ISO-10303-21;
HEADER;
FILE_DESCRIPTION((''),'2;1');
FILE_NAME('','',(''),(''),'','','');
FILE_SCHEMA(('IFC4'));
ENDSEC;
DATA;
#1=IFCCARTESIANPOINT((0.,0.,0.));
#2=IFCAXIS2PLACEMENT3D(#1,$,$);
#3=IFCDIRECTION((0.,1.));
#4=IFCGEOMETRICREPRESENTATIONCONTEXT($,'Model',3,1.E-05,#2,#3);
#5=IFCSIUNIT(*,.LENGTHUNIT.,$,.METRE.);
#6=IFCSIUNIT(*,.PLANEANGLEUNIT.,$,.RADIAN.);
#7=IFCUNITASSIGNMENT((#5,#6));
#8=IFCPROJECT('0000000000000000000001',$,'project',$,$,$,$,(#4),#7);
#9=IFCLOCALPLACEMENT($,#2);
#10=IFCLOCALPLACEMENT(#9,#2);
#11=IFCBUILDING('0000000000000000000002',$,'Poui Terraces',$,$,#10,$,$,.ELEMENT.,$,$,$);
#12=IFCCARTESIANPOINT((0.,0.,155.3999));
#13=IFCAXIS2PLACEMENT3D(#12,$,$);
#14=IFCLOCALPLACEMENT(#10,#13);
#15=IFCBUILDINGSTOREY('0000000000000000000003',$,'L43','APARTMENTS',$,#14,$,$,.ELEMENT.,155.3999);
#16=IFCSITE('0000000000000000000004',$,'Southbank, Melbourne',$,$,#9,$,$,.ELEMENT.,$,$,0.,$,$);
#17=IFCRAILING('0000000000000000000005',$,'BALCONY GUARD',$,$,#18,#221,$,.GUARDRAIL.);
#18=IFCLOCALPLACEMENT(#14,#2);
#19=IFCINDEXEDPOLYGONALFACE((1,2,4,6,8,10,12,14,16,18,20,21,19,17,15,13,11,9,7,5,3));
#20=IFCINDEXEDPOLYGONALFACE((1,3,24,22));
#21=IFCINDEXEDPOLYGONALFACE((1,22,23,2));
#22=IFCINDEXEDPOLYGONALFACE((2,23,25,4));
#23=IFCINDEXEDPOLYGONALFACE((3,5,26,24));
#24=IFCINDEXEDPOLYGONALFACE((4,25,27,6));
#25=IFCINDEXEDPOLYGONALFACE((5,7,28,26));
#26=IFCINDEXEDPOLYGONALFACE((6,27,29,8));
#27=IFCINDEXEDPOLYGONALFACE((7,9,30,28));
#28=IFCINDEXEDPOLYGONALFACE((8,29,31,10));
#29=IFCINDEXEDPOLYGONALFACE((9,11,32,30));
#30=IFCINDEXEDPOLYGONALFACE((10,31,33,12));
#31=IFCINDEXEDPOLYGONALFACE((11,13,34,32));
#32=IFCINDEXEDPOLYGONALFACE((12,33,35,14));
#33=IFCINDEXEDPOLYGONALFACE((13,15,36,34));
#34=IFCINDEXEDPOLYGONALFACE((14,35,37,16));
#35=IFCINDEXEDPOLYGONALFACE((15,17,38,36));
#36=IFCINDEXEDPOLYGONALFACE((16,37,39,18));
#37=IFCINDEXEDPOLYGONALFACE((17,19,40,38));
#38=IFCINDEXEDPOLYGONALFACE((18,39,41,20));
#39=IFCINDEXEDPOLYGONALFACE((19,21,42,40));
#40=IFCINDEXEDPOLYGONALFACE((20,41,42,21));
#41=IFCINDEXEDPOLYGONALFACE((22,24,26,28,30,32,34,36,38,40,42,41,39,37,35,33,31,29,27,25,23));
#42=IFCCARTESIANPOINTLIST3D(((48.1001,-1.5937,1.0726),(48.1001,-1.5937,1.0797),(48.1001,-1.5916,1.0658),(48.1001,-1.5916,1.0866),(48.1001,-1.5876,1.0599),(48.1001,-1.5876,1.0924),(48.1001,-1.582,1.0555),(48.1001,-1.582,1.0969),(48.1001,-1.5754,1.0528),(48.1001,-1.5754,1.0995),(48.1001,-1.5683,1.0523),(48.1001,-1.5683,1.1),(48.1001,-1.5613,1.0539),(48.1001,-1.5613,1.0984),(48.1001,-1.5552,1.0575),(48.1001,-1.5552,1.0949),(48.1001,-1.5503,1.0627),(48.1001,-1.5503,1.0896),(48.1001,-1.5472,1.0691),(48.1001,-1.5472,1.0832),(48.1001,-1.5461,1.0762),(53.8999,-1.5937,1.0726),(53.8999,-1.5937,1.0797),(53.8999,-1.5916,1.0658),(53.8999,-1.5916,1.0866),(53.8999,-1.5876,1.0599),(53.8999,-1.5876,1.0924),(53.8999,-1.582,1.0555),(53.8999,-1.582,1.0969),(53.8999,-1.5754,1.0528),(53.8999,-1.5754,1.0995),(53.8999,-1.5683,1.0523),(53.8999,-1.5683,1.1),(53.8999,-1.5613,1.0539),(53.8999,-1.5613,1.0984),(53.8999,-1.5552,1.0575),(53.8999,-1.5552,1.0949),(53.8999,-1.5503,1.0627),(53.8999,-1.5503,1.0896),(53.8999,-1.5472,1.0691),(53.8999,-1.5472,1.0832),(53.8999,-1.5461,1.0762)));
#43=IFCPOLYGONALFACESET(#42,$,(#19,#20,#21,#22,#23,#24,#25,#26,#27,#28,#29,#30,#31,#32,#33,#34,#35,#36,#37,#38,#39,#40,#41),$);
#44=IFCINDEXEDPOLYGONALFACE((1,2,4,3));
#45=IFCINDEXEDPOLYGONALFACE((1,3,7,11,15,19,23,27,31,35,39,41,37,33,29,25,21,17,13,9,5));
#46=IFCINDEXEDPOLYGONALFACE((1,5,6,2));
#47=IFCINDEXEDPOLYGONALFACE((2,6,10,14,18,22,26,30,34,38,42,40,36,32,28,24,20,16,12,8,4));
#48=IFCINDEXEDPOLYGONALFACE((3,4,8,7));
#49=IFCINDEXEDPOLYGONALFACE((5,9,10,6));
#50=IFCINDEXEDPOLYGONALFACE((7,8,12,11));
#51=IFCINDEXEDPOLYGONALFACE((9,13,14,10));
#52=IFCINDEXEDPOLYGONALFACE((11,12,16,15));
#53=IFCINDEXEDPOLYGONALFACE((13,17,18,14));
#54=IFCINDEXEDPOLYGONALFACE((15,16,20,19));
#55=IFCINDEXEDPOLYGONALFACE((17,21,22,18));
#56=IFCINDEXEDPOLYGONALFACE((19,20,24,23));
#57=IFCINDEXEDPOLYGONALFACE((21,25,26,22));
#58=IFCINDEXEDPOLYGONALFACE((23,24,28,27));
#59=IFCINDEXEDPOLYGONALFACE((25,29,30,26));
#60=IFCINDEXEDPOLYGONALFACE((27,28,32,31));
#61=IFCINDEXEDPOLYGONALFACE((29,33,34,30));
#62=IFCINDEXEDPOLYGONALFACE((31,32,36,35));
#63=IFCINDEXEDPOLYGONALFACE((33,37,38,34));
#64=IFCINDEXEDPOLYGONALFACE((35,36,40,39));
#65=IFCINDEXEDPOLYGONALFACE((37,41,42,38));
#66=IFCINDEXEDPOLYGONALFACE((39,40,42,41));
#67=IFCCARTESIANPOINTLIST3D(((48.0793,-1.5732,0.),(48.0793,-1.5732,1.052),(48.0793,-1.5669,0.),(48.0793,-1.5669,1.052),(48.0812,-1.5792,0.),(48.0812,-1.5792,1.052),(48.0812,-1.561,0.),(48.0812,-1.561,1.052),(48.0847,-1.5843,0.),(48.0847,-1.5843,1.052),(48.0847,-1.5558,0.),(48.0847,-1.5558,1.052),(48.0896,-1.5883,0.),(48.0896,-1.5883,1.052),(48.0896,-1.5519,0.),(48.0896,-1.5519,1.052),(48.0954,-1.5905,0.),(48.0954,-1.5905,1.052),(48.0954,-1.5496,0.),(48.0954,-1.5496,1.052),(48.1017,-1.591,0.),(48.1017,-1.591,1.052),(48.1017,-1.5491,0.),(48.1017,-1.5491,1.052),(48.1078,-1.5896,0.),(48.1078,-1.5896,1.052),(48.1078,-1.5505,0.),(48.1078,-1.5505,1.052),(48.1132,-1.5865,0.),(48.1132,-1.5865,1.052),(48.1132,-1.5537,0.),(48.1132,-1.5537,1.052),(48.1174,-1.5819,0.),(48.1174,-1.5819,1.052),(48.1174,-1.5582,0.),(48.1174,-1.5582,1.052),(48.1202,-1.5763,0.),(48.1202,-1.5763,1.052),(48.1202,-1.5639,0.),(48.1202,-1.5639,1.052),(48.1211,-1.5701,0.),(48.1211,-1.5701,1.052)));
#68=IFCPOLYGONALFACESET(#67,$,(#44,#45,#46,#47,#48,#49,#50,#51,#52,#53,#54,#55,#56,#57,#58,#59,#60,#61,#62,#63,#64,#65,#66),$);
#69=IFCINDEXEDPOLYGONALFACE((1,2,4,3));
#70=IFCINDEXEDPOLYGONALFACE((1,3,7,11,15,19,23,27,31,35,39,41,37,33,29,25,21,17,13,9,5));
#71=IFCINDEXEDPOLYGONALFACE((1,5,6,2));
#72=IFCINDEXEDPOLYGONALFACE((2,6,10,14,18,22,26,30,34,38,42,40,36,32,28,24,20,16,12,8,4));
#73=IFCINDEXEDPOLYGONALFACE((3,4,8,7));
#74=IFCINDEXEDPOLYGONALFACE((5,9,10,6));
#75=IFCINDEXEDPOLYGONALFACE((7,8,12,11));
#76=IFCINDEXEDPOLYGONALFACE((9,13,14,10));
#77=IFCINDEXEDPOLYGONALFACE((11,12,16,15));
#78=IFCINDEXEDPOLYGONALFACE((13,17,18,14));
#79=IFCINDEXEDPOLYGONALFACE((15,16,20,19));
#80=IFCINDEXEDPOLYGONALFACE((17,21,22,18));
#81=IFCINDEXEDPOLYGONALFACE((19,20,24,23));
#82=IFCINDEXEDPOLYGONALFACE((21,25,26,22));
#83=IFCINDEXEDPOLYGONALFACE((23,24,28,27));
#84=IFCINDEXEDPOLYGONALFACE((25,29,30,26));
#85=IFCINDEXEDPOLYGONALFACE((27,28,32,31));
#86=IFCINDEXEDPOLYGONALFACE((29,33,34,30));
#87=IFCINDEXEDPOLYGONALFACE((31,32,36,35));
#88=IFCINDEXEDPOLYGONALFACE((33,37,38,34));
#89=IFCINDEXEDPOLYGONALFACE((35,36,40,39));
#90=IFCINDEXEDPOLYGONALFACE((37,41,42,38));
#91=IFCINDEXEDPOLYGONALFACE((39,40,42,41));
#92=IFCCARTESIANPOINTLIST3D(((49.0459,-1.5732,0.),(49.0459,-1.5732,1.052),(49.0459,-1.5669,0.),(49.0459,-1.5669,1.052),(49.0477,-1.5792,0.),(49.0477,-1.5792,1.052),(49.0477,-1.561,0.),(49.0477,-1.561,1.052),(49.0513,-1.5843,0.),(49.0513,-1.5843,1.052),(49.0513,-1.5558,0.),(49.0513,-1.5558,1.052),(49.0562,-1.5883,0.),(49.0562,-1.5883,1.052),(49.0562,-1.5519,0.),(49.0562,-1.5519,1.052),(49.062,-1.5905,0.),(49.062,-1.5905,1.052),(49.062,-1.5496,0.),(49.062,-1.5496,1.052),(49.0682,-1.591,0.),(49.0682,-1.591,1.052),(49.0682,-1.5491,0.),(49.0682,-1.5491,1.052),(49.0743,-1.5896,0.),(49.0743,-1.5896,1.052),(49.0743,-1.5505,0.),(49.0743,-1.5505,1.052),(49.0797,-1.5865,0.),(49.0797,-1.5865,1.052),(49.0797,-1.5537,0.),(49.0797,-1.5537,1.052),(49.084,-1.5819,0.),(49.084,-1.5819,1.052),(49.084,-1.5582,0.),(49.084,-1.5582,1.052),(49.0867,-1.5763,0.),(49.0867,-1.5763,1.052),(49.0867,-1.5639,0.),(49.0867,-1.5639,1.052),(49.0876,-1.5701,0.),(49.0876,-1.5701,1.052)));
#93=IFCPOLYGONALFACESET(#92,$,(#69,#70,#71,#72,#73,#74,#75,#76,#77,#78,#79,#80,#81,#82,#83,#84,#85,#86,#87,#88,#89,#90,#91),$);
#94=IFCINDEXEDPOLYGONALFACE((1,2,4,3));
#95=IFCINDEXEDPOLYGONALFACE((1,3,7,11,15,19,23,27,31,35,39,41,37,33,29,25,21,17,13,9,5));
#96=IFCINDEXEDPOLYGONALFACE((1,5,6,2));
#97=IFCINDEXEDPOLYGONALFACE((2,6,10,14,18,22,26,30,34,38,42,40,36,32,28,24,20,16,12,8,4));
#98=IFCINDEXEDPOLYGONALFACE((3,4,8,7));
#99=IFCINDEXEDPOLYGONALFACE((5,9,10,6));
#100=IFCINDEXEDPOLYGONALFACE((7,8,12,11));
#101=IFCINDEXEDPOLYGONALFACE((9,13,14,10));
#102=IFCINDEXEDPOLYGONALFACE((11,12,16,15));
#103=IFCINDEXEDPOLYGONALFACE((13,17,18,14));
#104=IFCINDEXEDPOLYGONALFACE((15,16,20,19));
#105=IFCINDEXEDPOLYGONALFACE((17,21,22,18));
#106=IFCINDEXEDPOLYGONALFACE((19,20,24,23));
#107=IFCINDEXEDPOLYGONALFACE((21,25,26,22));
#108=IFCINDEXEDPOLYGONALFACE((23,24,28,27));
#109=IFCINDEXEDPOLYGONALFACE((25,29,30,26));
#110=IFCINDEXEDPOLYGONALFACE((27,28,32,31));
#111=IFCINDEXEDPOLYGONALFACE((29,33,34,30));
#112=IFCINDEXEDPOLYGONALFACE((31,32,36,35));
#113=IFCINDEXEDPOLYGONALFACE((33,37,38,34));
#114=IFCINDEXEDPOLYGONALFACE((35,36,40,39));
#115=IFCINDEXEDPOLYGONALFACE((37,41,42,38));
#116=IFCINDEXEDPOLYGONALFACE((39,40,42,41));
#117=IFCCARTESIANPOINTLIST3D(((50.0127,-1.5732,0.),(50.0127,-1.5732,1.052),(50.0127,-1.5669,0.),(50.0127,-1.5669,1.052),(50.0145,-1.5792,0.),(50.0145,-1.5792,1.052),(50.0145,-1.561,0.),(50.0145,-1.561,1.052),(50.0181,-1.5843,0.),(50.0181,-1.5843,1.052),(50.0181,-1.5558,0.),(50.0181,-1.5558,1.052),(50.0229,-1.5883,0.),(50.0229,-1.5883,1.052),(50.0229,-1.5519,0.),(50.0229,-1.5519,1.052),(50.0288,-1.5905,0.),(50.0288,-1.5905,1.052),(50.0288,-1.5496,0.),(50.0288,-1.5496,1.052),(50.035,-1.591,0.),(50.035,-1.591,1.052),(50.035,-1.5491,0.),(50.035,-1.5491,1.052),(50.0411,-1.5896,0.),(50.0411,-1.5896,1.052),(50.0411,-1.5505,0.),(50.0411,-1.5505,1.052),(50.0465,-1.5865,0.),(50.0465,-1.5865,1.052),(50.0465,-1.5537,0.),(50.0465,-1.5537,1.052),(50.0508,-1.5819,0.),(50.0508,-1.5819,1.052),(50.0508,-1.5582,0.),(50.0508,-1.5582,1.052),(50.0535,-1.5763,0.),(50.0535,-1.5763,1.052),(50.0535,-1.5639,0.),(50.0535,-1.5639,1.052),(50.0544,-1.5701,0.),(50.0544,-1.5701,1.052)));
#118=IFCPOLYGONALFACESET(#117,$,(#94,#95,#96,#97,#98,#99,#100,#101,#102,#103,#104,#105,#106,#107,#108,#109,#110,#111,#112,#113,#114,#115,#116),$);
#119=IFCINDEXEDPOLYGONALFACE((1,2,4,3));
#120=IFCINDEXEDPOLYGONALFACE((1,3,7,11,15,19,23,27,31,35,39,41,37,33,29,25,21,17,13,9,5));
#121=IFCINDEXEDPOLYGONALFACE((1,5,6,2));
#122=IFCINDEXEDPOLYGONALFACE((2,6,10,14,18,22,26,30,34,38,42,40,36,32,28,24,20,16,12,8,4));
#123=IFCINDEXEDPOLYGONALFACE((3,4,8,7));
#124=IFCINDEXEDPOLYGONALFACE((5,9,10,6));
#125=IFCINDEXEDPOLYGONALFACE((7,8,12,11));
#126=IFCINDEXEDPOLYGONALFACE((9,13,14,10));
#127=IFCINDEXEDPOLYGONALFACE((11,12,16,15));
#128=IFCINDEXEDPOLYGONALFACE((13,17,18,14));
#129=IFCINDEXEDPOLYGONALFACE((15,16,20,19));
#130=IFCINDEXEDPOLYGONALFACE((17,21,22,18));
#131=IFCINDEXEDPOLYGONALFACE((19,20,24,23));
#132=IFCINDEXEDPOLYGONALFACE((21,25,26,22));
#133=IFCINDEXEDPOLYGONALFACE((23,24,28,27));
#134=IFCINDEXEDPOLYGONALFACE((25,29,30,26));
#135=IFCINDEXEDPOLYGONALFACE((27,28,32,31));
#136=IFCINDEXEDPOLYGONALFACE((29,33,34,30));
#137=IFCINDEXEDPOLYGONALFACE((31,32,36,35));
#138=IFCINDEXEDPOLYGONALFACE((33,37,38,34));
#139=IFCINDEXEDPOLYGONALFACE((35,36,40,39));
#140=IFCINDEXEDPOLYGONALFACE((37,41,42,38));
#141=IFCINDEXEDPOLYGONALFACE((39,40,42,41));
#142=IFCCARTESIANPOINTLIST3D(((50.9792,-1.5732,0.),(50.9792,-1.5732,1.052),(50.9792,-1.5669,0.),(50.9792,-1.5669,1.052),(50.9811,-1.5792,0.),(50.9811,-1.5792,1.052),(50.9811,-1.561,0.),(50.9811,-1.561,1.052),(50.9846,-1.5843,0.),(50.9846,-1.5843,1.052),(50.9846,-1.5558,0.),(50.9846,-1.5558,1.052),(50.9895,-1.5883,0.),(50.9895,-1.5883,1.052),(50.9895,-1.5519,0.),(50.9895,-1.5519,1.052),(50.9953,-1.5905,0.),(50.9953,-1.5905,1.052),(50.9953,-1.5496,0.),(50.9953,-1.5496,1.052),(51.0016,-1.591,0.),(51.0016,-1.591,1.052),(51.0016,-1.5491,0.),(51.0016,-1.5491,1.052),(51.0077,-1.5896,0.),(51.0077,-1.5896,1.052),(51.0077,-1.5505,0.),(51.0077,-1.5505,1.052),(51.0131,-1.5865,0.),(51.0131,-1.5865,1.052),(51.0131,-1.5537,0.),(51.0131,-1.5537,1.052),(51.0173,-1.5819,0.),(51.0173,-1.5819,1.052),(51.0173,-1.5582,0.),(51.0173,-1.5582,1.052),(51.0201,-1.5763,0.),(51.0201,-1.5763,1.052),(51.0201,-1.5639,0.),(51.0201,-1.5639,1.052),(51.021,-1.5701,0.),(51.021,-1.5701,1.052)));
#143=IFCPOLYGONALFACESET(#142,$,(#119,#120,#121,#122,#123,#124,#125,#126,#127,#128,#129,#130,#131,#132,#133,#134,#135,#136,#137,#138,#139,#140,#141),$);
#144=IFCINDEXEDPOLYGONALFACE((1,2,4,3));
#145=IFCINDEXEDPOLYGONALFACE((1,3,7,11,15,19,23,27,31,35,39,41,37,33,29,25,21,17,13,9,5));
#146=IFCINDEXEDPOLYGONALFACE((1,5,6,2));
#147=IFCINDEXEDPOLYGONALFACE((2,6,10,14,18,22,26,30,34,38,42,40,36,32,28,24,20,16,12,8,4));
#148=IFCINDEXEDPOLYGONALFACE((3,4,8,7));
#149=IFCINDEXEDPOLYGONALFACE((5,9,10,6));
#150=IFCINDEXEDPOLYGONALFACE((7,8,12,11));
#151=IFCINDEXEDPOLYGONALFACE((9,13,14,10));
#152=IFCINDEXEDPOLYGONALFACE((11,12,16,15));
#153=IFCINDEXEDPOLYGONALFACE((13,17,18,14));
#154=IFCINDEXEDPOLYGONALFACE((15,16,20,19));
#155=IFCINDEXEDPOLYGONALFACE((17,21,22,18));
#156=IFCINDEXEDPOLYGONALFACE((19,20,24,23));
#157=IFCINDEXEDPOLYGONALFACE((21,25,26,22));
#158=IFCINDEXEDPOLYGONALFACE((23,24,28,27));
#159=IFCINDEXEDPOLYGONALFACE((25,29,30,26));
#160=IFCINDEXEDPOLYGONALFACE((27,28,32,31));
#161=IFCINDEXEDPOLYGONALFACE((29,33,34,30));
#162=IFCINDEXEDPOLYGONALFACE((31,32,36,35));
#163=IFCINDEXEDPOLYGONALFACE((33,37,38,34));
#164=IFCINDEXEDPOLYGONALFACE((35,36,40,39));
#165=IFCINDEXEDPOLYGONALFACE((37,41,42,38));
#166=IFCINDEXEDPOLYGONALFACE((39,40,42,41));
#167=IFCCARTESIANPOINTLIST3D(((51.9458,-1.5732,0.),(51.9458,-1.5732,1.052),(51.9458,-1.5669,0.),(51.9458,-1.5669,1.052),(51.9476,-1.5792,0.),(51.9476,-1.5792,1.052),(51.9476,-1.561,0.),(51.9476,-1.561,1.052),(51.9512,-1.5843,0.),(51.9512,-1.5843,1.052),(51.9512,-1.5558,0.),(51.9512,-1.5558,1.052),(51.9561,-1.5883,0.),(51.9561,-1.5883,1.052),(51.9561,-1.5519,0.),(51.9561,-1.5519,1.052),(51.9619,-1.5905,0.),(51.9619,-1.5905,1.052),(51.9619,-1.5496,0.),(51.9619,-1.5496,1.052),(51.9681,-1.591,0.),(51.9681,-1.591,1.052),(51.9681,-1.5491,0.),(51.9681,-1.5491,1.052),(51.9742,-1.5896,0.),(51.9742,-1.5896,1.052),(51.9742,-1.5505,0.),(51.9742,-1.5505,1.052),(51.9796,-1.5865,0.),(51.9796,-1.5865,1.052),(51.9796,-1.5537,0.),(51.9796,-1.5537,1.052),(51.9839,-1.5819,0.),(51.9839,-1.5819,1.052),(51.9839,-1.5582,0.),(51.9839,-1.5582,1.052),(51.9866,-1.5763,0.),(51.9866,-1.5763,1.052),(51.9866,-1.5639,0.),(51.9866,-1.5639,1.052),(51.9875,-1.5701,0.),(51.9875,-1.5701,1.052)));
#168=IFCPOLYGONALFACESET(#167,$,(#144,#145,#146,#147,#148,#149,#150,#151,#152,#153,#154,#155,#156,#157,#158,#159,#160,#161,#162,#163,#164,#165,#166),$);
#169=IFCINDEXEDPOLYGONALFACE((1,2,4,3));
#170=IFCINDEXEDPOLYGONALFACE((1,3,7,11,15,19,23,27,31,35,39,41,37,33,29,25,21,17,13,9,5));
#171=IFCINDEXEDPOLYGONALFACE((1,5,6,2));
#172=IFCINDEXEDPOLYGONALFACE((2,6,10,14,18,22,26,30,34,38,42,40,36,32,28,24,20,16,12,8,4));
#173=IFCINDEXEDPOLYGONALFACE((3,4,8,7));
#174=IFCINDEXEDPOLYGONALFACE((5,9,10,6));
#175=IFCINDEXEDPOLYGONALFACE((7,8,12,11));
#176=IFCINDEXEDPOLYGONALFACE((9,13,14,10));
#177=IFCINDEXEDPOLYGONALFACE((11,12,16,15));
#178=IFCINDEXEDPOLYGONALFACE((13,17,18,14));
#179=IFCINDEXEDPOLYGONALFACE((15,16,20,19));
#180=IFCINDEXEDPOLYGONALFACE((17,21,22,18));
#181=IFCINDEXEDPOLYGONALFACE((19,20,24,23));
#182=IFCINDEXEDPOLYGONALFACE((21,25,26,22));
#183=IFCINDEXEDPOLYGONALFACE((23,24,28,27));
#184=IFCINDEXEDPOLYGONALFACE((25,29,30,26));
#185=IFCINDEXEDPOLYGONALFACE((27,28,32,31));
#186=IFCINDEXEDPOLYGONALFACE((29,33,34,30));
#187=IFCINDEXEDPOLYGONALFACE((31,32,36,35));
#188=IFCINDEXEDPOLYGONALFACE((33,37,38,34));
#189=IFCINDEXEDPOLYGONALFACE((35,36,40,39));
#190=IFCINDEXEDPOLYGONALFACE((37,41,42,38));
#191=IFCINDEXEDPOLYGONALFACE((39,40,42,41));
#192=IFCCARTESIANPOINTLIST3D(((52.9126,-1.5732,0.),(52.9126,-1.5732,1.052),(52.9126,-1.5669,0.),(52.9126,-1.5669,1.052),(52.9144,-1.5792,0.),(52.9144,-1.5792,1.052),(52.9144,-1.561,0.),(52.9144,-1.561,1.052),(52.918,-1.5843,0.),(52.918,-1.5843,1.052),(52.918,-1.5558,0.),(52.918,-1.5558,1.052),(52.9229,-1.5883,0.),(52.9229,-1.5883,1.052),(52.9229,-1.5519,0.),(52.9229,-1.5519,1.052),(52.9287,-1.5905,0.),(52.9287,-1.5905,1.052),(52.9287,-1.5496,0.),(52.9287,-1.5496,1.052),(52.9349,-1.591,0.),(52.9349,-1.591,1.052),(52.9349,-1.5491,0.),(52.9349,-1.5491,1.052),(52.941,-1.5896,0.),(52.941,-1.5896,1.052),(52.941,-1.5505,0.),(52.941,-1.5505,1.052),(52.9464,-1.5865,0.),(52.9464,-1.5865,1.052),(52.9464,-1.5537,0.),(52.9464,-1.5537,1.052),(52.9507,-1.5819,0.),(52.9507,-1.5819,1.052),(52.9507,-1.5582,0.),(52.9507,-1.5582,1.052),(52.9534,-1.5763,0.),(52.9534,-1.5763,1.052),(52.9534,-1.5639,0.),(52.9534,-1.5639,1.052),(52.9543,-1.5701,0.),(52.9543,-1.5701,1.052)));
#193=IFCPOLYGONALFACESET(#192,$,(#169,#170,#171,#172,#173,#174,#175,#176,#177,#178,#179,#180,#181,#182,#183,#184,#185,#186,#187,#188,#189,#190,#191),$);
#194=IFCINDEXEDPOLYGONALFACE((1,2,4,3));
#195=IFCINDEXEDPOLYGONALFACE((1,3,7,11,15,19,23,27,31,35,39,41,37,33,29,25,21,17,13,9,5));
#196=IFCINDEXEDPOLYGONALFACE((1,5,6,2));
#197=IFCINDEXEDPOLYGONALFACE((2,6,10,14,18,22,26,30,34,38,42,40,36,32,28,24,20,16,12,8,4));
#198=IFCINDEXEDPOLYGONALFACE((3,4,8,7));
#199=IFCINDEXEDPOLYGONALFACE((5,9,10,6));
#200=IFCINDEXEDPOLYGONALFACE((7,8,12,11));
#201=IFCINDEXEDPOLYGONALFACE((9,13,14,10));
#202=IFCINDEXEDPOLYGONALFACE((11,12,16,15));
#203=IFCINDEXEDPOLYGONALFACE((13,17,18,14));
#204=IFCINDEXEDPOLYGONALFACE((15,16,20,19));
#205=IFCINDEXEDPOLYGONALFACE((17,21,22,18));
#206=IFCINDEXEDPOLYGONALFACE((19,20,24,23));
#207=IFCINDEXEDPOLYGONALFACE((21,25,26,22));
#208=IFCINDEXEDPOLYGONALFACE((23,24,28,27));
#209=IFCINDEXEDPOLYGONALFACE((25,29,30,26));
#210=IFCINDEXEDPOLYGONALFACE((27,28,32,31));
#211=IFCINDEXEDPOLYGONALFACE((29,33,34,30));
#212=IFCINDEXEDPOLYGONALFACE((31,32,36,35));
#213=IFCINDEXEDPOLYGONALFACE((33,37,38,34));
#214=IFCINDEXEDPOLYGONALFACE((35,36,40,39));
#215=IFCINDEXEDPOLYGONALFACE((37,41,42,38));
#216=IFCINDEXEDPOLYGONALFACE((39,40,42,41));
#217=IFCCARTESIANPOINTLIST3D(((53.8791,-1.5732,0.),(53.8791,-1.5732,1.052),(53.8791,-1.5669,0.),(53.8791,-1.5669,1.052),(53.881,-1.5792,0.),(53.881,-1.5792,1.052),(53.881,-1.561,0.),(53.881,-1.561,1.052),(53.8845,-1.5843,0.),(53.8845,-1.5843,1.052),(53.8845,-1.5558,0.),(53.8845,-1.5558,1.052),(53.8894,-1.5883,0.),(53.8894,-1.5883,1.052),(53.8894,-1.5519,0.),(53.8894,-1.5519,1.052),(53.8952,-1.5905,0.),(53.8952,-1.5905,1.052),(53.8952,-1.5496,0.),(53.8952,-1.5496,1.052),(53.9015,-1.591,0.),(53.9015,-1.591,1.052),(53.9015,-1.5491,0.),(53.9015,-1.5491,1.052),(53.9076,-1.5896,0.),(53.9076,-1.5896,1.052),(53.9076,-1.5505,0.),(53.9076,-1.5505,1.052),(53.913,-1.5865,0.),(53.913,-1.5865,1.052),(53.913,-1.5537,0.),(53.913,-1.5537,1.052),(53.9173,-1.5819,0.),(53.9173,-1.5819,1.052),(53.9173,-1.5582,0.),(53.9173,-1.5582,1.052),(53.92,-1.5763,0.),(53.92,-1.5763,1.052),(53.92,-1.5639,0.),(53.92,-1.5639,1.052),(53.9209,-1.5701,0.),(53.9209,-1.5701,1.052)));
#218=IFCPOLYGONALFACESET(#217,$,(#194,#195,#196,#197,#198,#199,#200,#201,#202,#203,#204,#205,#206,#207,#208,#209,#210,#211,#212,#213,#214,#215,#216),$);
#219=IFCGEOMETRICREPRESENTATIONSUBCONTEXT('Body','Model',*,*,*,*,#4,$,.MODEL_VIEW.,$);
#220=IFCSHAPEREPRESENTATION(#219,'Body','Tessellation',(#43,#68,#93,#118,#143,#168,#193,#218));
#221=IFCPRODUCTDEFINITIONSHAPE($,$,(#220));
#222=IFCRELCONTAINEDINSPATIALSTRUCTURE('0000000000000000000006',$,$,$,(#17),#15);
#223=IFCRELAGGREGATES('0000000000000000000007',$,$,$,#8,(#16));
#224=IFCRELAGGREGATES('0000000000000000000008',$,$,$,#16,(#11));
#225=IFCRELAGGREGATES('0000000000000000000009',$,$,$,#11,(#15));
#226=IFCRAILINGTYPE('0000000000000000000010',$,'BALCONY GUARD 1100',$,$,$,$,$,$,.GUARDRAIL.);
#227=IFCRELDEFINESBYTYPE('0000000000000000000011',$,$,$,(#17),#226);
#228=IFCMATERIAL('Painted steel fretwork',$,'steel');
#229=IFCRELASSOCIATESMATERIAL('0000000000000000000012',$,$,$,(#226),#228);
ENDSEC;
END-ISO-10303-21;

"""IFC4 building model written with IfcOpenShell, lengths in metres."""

from ifc_helpers import new_model, si_unit, direction, frame, origin, origin_2d, place, context, subcontext, project, spatial, circle, extrude, material, type_object, element, save


model = new_model("IFC4")

# Units and contexts
model_context = context("Model", 3, precision=1e-05, world=origin(), true_north=direction((0.0, 1.0)))
body_context = subcontext(model_context, "Body", "Model", "MODEL_VIEW")
ifc_project = project(units=[si_unit("LENGTHUNIT", "METRE"), si_unit("PLANEANGLEUNIT", "RADIAN")], contexts=[model_context])

# Site, building, storey
site_placement = place(None, origin())
site = spatial("IfcSite", under=ifc_project, at=site_placement, Name="Southbank, Melbourne", CompositionType="ELEMENT", RefElevation=0.0)
building_placement = place(site_placement, origin())
building = spatial("IfcBuilding", under=site, at=building_placement, Name="Poui Terraces", CompositionType="ELEMENT")
storey_placement = place(building_placement, frame((0.0, 0.0, 155.3999)))
storey = spatial("IfcBuildingStorey", under=building, at=storey_placement, Name="L43", Description="APARTMENTS", CompositionType="ELEMENT", Elevation=155.3999)

# Railing
ifc_material_1 = material(Name="Painted steel fretwork", Category="steel")
railing_type = type_object("IfcRailingType", Name="BALCONY GUARD 1100", PredefinedType="GUARDRAIL", material=ifc_material_1)
railing_placement = place(storey_placement, frame((48.1001, -1.5701, 0.0)))
element("IfcRailing", 1, at=railing_placement, inside=storey, type_object=railing_type, Name="BALCONY GUARD", PredefinedType="GUARDRAIL", context=body_context, shape_type="SweptSolid", body=[
    extrude(circle(Radius=0.0239, at=origin_2d()), frame((0.0, 0.0, 1.0762), z_axis=(1.0, 0.0, 0.0), x_axis=(0.0, 1.0, 0.0)), (0.0, 0.0, 1.0), 5.7998),
    extrude(circle(Radius=0.021, at=origin_2d()), origin(), (0.0, 0.0, 1.0), 1.052),
    extrude(circle(Radius=0.021, at=origin_2d()), frame((0.9666, 0.0, 0.0)), (0.0, 0.0, 1.0), 1.052),
    extrude(circle(Radius=0.021, at=origin_2d()), frame((1.9333, 0.0, 0.0)), (0.0, 0.0, 1.0), 1.052),
    extrude(circle(Radius=0.021, at=origin_2d()), frame((2.8999, 0.0, 0.0)), (0.0, 0.0, 1.0), 1.052),
    extrude(circle(Radius=0.021, at=origin_2d()), frame((3.8665, 0.0, 0.0)), (0.0, 0.0, 1.0), 1.052),
    extrude(circle(Radius=0.021, at=origin_2d()), frame((4.8333, 0.0, 0.0)), (0.0, 0.0, 1.0), 1.052),
    extrude(circle(Radius=0.021, at=origin_2d()), frame((5.7998, 0.0, 0.0)), (0.0, 0.0, 1.0), 1.052),
])

save(model, "model.ifc")
